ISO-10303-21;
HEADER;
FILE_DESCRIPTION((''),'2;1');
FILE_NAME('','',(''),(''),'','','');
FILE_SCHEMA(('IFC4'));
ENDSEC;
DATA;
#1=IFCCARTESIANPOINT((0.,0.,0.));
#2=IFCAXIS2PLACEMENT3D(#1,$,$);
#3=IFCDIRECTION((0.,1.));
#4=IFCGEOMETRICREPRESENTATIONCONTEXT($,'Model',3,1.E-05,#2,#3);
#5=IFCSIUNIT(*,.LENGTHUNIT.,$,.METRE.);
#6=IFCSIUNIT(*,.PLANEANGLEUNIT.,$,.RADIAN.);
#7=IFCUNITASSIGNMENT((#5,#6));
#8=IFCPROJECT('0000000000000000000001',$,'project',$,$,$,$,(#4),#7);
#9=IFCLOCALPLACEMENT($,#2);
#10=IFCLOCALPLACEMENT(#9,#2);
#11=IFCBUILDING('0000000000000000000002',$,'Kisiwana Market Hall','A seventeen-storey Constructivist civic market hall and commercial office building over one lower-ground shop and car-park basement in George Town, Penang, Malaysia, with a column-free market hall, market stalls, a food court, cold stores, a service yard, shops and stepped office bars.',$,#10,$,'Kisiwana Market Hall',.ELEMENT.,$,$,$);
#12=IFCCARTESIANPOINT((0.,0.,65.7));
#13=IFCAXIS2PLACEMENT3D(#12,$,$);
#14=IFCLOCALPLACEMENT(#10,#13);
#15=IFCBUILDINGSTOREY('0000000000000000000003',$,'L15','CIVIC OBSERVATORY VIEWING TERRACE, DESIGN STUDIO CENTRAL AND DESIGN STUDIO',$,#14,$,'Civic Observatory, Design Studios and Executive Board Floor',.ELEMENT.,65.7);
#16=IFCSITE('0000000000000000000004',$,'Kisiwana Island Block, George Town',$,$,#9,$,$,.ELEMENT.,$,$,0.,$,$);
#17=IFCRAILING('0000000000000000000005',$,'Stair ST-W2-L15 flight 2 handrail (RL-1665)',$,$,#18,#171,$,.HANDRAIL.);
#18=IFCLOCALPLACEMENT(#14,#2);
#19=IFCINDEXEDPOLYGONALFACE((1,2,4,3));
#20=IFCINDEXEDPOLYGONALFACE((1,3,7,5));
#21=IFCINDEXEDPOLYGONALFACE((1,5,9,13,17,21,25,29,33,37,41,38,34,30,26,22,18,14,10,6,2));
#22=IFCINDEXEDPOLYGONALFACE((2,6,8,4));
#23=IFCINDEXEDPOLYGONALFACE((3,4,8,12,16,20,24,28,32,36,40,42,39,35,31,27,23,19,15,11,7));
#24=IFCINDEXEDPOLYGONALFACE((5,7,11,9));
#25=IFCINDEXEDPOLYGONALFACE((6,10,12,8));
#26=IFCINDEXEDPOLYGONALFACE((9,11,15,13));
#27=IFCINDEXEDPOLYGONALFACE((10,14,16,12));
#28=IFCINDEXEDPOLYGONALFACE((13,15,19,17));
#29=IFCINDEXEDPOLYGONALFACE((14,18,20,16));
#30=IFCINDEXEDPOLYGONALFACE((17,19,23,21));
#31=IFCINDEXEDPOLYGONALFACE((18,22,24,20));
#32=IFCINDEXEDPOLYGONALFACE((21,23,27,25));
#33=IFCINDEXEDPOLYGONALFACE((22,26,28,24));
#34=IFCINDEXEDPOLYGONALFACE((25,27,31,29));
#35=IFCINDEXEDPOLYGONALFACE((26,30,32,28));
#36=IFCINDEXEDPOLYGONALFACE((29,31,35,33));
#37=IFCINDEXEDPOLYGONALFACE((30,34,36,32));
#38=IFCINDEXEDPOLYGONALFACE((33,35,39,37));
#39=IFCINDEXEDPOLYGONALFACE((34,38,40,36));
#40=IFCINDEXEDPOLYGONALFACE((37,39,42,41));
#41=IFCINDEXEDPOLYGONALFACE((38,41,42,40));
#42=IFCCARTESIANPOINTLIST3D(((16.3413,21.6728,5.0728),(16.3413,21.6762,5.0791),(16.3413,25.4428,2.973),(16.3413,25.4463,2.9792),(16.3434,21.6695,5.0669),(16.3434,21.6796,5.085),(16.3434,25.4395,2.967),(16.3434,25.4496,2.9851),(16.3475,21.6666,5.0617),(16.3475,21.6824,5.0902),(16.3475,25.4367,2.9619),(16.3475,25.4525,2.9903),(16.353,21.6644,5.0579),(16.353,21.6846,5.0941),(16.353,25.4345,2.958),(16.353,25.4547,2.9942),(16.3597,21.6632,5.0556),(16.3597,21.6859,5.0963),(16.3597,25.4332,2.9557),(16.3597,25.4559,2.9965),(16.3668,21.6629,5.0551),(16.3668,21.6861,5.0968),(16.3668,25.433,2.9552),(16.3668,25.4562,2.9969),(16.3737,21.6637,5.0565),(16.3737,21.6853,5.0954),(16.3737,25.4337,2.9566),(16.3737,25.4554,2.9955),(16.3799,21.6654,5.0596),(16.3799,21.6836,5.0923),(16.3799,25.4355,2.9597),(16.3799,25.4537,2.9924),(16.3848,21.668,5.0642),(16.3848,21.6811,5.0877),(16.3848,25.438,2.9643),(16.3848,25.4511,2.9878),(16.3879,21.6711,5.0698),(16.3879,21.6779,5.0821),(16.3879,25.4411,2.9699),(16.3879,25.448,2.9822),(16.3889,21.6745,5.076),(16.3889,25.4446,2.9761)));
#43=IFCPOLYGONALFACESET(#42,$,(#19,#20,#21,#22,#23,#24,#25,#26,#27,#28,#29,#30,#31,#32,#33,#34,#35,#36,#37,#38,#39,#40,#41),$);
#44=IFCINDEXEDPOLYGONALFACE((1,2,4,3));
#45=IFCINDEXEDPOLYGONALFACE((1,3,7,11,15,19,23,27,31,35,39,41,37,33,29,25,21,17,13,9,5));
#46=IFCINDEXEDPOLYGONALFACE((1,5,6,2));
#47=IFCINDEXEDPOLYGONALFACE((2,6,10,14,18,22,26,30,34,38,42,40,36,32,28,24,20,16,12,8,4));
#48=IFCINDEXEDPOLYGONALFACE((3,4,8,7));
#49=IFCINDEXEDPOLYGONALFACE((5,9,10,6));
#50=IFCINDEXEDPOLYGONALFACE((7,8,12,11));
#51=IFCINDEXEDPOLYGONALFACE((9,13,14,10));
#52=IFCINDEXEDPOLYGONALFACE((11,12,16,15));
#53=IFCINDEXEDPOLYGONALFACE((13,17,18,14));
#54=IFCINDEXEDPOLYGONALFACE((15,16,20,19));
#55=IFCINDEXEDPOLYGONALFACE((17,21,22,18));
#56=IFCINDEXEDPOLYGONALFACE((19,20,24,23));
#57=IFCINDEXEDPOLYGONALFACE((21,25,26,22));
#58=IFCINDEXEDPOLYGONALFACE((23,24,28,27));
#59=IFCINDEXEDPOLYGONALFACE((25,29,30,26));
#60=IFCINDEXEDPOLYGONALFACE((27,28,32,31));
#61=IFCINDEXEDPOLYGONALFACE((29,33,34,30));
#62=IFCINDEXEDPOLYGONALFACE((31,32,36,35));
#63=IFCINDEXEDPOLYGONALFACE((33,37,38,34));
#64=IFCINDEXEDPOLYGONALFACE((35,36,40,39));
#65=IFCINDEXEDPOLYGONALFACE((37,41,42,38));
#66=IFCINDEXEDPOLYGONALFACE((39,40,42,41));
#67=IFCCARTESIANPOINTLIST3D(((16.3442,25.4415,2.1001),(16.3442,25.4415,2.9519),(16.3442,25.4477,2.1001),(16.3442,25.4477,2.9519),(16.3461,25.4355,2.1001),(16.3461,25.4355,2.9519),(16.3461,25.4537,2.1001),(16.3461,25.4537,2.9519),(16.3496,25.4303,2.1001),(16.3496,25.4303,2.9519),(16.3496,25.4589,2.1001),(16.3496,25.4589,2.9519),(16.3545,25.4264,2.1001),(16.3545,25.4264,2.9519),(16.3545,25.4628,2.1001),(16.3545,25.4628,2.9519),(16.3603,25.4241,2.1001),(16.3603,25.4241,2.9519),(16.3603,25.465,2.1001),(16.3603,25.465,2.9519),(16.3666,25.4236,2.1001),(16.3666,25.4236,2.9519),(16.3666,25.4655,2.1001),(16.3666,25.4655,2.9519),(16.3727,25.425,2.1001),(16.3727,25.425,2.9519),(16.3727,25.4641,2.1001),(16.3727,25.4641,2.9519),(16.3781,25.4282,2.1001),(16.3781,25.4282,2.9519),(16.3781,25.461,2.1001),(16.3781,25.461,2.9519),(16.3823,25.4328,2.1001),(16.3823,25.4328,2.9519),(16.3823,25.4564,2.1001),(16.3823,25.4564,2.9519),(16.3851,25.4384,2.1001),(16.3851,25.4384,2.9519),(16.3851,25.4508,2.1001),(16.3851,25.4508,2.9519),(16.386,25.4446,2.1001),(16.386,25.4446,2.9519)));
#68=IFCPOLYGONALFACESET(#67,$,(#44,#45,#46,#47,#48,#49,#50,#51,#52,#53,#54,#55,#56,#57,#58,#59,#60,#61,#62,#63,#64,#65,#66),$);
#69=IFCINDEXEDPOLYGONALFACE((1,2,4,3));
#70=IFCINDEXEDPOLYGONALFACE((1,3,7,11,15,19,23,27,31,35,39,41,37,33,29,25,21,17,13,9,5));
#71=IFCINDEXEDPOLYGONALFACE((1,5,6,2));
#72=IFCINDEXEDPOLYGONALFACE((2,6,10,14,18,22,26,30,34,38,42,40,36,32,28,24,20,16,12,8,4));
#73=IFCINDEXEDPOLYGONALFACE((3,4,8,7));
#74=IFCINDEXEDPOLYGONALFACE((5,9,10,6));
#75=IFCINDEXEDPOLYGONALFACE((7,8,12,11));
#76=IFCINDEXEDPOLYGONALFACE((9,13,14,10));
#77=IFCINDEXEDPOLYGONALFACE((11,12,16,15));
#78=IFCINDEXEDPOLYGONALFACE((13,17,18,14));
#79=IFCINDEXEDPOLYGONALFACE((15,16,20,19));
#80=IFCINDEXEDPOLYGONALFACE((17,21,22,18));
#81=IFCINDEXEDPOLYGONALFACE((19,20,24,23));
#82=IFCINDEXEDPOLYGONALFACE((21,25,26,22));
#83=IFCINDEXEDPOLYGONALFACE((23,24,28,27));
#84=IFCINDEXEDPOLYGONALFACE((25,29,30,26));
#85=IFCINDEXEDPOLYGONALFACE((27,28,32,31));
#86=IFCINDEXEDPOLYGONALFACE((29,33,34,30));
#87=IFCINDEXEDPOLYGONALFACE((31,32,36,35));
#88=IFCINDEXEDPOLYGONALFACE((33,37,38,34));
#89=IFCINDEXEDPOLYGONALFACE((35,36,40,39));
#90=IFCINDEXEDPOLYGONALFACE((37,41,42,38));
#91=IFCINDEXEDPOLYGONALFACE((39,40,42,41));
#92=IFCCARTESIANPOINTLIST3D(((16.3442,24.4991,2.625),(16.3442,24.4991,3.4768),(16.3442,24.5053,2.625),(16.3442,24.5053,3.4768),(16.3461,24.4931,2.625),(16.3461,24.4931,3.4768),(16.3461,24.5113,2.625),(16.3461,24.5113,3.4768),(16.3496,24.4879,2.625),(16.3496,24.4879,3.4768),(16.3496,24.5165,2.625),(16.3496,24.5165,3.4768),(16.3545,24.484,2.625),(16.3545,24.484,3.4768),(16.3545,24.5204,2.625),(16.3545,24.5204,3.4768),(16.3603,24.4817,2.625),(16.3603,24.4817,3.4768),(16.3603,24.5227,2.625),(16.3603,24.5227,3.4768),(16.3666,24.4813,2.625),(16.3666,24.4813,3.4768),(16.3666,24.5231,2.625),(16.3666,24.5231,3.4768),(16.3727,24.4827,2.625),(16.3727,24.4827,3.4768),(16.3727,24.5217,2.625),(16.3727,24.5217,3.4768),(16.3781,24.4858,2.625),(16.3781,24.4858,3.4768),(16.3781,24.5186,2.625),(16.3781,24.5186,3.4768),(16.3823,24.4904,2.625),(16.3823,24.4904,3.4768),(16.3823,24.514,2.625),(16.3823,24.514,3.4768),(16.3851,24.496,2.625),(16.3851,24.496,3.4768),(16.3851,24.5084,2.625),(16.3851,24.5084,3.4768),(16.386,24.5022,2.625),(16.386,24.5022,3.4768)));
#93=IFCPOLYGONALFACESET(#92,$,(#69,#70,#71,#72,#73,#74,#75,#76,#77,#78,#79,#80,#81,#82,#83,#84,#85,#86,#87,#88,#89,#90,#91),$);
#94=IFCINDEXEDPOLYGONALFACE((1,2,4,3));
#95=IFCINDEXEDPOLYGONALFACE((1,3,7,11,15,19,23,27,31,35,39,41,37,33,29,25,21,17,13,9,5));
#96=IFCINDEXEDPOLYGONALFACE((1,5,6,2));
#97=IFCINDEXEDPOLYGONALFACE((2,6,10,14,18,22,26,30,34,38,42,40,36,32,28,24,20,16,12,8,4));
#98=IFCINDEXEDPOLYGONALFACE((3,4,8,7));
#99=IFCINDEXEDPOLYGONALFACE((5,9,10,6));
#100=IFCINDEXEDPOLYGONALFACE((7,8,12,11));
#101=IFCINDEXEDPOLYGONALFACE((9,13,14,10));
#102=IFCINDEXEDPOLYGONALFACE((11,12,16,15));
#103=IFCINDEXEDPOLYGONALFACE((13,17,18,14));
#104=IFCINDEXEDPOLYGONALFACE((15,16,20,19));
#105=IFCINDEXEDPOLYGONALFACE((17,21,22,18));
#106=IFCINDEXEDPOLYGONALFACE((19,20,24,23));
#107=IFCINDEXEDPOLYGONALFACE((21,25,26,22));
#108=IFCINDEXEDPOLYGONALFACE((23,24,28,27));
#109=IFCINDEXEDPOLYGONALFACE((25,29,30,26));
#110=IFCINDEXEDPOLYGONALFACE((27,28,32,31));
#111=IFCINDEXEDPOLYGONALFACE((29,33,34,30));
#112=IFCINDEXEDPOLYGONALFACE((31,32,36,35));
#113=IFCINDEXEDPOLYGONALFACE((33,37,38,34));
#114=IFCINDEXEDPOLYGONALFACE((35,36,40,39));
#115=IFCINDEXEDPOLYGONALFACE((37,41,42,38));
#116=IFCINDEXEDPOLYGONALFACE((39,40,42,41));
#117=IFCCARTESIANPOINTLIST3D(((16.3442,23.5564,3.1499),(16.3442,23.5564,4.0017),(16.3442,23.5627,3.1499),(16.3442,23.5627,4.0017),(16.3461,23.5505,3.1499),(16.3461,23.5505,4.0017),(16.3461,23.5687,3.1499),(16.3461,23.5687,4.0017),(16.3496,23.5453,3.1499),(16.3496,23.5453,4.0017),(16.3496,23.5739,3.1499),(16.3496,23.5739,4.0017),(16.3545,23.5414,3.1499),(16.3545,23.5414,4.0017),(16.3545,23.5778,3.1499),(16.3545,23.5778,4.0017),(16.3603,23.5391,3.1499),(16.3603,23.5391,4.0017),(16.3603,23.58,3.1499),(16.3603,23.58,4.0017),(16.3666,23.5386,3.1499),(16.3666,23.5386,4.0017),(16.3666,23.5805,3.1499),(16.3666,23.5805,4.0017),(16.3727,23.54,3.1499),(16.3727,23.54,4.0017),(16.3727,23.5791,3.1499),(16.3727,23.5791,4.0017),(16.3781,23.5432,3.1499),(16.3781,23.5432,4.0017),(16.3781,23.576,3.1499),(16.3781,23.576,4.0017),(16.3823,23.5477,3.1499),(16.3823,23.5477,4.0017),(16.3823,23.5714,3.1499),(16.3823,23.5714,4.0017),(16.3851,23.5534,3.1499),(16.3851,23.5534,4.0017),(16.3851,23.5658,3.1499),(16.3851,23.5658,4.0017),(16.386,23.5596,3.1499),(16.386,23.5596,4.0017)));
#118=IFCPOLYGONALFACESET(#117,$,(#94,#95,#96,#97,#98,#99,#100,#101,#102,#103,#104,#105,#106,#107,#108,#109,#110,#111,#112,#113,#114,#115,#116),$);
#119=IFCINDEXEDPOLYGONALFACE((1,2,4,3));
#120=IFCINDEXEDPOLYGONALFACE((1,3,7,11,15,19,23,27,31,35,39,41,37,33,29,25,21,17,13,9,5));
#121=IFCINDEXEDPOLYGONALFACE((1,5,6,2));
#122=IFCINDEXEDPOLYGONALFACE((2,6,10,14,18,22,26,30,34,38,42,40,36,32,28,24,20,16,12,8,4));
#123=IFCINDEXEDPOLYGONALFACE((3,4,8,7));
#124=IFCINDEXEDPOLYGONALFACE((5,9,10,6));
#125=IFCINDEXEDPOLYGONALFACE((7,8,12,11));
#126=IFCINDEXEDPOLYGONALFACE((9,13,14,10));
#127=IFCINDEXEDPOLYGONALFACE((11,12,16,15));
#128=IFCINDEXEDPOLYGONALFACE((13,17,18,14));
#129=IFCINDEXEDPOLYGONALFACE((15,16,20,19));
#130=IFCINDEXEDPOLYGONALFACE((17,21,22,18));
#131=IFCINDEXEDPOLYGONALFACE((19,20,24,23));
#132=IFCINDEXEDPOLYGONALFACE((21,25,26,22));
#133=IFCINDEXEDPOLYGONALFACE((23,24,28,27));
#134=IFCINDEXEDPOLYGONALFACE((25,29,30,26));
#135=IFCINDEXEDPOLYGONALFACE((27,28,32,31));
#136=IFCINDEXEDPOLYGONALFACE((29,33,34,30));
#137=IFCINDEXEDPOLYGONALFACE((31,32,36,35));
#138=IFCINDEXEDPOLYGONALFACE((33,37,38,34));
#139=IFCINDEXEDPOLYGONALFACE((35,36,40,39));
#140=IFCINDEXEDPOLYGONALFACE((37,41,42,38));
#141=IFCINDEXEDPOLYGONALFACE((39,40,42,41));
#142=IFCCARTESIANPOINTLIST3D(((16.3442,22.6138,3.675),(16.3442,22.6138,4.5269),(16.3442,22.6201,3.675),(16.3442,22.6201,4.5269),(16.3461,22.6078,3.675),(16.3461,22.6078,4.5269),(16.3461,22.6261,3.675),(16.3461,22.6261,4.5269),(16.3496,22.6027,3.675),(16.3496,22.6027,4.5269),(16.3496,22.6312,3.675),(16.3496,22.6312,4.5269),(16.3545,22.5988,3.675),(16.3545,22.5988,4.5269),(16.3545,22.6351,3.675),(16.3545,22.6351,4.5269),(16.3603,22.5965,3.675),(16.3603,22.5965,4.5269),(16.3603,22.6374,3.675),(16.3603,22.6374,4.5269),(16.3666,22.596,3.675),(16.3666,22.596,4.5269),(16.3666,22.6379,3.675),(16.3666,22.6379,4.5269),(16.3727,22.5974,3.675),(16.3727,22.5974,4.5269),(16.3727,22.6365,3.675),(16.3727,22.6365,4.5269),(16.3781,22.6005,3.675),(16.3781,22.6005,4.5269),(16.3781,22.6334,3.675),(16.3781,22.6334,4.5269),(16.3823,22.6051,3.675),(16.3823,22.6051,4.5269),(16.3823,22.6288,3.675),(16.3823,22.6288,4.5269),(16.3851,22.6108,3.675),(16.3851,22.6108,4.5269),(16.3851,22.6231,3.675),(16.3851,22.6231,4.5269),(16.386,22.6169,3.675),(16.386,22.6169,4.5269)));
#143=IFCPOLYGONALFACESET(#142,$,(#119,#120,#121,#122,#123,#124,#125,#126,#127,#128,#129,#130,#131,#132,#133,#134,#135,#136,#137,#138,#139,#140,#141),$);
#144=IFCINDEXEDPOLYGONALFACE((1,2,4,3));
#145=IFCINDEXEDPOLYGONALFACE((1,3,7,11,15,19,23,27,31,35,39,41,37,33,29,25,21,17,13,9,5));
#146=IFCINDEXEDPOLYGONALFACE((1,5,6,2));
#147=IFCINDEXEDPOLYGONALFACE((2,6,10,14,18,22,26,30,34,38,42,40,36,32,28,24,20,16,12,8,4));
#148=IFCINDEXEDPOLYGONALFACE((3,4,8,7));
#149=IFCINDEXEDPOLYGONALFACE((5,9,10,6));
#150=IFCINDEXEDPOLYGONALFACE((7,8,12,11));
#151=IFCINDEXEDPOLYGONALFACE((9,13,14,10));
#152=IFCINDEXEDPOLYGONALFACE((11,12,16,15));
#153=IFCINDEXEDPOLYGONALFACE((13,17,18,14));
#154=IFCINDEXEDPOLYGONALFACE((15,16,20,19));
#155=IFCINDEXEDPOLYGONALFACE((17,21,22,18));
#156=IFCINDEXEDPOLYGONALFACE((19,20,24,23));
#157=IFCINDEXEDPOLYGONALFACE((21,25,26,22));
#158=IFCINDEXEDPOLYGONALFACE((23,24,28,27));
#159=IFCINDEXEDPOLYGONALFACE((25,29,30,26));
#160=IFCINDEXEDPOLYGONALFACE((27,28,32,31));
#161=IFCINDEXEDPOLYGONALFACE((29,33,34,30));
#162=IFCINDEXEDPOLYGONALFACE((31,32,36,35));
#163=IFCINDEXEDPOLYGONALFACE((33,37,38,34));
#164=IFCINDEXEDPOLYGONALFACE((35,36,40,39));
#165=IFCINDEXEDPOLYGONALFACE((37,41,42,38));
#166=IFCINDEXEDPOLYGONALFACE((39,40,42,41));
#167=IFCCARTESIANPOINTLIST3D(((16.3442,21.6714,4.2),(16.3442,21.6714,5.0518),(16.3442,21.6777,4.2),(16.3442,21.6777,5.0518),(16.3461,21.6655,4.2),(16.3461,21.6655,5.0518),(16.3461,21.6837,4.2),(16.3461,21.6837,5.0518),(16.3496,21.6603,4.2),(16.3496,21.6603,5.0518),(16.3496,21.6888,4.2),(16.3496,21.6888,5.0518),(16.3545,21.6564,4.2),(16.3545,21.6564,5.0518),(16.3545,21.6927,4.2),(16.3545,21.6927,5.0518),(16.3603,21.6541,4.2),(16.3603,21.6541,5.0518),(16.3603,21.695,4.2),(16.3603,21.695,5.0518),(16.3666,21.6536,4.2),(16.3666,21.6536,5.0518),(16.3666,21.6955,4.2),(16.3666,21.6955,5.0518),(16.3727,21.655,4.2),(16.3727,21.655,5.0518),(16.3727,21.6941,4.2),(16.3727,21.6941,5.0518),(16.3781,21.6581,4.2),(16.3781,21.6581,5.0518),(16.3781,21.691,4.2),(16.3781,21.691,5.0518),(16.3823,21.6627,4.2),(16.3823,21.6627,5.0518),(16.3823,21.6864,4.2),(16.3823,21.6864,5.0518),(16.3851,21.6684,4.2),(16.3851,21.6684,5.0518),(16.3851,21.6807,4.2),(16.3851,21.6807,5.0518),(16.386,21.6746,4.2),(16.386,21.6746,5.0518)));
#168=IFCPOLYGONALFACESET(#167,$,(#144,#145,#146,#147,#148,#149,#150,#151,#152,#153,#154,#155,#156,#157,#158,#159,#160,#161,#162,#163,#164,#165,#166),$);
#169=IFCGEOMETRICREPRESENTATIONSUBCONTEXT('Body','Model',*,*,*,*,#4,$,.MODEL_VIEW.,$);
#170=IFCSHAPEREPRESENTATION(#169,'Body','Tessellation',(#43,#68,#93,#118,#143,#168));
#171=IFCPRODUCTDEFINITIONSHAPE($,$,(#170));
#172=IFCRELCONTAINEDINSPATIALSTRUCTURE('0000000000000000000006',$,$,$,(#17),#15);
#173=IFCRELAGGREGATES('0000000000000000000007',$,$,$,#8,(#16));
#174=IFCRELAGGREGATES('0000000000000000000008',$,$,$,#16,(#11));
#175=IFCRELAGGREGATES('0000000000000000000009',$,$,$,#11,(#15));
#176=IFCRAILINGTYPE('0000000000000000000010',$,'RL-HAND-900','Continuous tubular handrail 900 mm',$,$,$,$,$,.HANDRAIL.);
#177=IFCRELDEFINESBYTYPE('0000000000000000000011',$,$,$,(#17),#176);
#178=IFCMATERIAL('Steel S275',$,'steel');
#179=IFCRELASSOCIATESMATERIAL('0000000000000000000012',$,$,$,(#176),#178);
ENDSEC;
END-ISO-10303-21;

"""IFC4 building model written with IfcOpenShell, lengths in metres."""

from ifc_helpers import new_model, si_unit, direction, frame, origin, origin_2d, place, context, subcontext, project, spatial, circle, extrude, material, type_object, element, save


model = new_model("IFC4")

# Units and contexts
model_context = context("Model", 3, precision=1e-05, world=origin(), true_north=direction((0.0, 1.0)))
body_context = subcontext(model_context, "Body", "Model", "MODEL_VIEW")
ifc_project = project(units=[si_unit("LENGTHUNIT", "METRE"), si_unit("PLANEANGLEUNIT", "RADIAN")], contexts=[model_context])

# Site, building, storey
site_placement = place(None, origin())
site = spatial("IfcSite", under=ifc_project, at=site_placement, Name="Kisiwana Island Block, George Town", CompositionType="ELEMENT", RefElevation=0.0)
building_placement = place(site_placement, origin())
building = spatial("IfcBuilding", under=site, at=building_placement, Name="Kisiwana Market Hall", Description="A seventeen-storey Constructivist civic market hall and commercial office building over one lower-ground shop and car-park basement in George Town, Penang, Malaysia, with a column-free market hall, market stalls, a food court, cold stores, a service yard, shops and stepped office bars.", LongName="Kisiwana Market Hall", CompositionType="ELEMENT")
storey_placement = place(building_placement, frame((0.0, 0.0, 65.7)))
storey = spatial("IfcBuildingStorey", under=building, at=storey_placement, Name="L15", Description="CIVIC OBSERVATORY VIEWING TERRACE, DESIGN STUDIO CENTRAL AND DESIGN STUDIO", LongName="Civic Observatory, Design Studios and Executive Board Floor", CompositionType="ELEMENT", Elevation=65.7)

# Railing
ifc_material_1 = material(Name="Steel S275", Category="steel")
railing_type_1 = type_object("IfcRailingType", Name="RL-HAND-900", Description="Continuous tubular handrail 900 mm", PredefinedType="HANDRAIL", material=ifc_material_1)
railing_1_placement = place(storey_placement, frame((16.365, 25.4446, 2.1001)))
element("IfcRailing", 1, at=railing_1_placement, inside=storey, type_object=railing_type_1, Name="Stair ST-W2-L15 flight 2 handrail (RL-1665)", PredefinedType="HANDRAIL", context=body_context, shape_type="SweptSolid", body=[
    extrude(circle(Radius=0.0239, at=origin_2d()), frame((0.0, 0.0, 0.876), z_axis=(0.0, -0.873626, 0.486599), x_axis=(1.0, 0.0, 0.0)), (0.0, 0.0, 1.0), 4.3154),
    extrude(circle(Radius=0.021, at=origin_2d()), origin(), (0.0, 0.0, 1.0), 0.8518),
    extrude(circle(Radius=0.021, at=origin_2d()), frame((0.0, -0.9424, 0.5249)), (0.0, 0.0, 1.0), 0.8518),
    extrude(circle(Radius=0.021, at=origin_2d()), frame((0.0, -1.885, 1.0498)), (0.0, 0.0, 1.0), 0.8518),
    extrude(circle(Radius=0.021, at=origin_2d()), frame((0.0, -2.8276, 1.575)), (0.0, 0.0, 1.0), 0.8518),
    extrude(circle(Radius=0.021, at=origin_2d()), frame((0.0, -3.77, 2.0999)), (0.0, 0.0, 1.0), 0.8518),
])

save(model, "model.ifc")
